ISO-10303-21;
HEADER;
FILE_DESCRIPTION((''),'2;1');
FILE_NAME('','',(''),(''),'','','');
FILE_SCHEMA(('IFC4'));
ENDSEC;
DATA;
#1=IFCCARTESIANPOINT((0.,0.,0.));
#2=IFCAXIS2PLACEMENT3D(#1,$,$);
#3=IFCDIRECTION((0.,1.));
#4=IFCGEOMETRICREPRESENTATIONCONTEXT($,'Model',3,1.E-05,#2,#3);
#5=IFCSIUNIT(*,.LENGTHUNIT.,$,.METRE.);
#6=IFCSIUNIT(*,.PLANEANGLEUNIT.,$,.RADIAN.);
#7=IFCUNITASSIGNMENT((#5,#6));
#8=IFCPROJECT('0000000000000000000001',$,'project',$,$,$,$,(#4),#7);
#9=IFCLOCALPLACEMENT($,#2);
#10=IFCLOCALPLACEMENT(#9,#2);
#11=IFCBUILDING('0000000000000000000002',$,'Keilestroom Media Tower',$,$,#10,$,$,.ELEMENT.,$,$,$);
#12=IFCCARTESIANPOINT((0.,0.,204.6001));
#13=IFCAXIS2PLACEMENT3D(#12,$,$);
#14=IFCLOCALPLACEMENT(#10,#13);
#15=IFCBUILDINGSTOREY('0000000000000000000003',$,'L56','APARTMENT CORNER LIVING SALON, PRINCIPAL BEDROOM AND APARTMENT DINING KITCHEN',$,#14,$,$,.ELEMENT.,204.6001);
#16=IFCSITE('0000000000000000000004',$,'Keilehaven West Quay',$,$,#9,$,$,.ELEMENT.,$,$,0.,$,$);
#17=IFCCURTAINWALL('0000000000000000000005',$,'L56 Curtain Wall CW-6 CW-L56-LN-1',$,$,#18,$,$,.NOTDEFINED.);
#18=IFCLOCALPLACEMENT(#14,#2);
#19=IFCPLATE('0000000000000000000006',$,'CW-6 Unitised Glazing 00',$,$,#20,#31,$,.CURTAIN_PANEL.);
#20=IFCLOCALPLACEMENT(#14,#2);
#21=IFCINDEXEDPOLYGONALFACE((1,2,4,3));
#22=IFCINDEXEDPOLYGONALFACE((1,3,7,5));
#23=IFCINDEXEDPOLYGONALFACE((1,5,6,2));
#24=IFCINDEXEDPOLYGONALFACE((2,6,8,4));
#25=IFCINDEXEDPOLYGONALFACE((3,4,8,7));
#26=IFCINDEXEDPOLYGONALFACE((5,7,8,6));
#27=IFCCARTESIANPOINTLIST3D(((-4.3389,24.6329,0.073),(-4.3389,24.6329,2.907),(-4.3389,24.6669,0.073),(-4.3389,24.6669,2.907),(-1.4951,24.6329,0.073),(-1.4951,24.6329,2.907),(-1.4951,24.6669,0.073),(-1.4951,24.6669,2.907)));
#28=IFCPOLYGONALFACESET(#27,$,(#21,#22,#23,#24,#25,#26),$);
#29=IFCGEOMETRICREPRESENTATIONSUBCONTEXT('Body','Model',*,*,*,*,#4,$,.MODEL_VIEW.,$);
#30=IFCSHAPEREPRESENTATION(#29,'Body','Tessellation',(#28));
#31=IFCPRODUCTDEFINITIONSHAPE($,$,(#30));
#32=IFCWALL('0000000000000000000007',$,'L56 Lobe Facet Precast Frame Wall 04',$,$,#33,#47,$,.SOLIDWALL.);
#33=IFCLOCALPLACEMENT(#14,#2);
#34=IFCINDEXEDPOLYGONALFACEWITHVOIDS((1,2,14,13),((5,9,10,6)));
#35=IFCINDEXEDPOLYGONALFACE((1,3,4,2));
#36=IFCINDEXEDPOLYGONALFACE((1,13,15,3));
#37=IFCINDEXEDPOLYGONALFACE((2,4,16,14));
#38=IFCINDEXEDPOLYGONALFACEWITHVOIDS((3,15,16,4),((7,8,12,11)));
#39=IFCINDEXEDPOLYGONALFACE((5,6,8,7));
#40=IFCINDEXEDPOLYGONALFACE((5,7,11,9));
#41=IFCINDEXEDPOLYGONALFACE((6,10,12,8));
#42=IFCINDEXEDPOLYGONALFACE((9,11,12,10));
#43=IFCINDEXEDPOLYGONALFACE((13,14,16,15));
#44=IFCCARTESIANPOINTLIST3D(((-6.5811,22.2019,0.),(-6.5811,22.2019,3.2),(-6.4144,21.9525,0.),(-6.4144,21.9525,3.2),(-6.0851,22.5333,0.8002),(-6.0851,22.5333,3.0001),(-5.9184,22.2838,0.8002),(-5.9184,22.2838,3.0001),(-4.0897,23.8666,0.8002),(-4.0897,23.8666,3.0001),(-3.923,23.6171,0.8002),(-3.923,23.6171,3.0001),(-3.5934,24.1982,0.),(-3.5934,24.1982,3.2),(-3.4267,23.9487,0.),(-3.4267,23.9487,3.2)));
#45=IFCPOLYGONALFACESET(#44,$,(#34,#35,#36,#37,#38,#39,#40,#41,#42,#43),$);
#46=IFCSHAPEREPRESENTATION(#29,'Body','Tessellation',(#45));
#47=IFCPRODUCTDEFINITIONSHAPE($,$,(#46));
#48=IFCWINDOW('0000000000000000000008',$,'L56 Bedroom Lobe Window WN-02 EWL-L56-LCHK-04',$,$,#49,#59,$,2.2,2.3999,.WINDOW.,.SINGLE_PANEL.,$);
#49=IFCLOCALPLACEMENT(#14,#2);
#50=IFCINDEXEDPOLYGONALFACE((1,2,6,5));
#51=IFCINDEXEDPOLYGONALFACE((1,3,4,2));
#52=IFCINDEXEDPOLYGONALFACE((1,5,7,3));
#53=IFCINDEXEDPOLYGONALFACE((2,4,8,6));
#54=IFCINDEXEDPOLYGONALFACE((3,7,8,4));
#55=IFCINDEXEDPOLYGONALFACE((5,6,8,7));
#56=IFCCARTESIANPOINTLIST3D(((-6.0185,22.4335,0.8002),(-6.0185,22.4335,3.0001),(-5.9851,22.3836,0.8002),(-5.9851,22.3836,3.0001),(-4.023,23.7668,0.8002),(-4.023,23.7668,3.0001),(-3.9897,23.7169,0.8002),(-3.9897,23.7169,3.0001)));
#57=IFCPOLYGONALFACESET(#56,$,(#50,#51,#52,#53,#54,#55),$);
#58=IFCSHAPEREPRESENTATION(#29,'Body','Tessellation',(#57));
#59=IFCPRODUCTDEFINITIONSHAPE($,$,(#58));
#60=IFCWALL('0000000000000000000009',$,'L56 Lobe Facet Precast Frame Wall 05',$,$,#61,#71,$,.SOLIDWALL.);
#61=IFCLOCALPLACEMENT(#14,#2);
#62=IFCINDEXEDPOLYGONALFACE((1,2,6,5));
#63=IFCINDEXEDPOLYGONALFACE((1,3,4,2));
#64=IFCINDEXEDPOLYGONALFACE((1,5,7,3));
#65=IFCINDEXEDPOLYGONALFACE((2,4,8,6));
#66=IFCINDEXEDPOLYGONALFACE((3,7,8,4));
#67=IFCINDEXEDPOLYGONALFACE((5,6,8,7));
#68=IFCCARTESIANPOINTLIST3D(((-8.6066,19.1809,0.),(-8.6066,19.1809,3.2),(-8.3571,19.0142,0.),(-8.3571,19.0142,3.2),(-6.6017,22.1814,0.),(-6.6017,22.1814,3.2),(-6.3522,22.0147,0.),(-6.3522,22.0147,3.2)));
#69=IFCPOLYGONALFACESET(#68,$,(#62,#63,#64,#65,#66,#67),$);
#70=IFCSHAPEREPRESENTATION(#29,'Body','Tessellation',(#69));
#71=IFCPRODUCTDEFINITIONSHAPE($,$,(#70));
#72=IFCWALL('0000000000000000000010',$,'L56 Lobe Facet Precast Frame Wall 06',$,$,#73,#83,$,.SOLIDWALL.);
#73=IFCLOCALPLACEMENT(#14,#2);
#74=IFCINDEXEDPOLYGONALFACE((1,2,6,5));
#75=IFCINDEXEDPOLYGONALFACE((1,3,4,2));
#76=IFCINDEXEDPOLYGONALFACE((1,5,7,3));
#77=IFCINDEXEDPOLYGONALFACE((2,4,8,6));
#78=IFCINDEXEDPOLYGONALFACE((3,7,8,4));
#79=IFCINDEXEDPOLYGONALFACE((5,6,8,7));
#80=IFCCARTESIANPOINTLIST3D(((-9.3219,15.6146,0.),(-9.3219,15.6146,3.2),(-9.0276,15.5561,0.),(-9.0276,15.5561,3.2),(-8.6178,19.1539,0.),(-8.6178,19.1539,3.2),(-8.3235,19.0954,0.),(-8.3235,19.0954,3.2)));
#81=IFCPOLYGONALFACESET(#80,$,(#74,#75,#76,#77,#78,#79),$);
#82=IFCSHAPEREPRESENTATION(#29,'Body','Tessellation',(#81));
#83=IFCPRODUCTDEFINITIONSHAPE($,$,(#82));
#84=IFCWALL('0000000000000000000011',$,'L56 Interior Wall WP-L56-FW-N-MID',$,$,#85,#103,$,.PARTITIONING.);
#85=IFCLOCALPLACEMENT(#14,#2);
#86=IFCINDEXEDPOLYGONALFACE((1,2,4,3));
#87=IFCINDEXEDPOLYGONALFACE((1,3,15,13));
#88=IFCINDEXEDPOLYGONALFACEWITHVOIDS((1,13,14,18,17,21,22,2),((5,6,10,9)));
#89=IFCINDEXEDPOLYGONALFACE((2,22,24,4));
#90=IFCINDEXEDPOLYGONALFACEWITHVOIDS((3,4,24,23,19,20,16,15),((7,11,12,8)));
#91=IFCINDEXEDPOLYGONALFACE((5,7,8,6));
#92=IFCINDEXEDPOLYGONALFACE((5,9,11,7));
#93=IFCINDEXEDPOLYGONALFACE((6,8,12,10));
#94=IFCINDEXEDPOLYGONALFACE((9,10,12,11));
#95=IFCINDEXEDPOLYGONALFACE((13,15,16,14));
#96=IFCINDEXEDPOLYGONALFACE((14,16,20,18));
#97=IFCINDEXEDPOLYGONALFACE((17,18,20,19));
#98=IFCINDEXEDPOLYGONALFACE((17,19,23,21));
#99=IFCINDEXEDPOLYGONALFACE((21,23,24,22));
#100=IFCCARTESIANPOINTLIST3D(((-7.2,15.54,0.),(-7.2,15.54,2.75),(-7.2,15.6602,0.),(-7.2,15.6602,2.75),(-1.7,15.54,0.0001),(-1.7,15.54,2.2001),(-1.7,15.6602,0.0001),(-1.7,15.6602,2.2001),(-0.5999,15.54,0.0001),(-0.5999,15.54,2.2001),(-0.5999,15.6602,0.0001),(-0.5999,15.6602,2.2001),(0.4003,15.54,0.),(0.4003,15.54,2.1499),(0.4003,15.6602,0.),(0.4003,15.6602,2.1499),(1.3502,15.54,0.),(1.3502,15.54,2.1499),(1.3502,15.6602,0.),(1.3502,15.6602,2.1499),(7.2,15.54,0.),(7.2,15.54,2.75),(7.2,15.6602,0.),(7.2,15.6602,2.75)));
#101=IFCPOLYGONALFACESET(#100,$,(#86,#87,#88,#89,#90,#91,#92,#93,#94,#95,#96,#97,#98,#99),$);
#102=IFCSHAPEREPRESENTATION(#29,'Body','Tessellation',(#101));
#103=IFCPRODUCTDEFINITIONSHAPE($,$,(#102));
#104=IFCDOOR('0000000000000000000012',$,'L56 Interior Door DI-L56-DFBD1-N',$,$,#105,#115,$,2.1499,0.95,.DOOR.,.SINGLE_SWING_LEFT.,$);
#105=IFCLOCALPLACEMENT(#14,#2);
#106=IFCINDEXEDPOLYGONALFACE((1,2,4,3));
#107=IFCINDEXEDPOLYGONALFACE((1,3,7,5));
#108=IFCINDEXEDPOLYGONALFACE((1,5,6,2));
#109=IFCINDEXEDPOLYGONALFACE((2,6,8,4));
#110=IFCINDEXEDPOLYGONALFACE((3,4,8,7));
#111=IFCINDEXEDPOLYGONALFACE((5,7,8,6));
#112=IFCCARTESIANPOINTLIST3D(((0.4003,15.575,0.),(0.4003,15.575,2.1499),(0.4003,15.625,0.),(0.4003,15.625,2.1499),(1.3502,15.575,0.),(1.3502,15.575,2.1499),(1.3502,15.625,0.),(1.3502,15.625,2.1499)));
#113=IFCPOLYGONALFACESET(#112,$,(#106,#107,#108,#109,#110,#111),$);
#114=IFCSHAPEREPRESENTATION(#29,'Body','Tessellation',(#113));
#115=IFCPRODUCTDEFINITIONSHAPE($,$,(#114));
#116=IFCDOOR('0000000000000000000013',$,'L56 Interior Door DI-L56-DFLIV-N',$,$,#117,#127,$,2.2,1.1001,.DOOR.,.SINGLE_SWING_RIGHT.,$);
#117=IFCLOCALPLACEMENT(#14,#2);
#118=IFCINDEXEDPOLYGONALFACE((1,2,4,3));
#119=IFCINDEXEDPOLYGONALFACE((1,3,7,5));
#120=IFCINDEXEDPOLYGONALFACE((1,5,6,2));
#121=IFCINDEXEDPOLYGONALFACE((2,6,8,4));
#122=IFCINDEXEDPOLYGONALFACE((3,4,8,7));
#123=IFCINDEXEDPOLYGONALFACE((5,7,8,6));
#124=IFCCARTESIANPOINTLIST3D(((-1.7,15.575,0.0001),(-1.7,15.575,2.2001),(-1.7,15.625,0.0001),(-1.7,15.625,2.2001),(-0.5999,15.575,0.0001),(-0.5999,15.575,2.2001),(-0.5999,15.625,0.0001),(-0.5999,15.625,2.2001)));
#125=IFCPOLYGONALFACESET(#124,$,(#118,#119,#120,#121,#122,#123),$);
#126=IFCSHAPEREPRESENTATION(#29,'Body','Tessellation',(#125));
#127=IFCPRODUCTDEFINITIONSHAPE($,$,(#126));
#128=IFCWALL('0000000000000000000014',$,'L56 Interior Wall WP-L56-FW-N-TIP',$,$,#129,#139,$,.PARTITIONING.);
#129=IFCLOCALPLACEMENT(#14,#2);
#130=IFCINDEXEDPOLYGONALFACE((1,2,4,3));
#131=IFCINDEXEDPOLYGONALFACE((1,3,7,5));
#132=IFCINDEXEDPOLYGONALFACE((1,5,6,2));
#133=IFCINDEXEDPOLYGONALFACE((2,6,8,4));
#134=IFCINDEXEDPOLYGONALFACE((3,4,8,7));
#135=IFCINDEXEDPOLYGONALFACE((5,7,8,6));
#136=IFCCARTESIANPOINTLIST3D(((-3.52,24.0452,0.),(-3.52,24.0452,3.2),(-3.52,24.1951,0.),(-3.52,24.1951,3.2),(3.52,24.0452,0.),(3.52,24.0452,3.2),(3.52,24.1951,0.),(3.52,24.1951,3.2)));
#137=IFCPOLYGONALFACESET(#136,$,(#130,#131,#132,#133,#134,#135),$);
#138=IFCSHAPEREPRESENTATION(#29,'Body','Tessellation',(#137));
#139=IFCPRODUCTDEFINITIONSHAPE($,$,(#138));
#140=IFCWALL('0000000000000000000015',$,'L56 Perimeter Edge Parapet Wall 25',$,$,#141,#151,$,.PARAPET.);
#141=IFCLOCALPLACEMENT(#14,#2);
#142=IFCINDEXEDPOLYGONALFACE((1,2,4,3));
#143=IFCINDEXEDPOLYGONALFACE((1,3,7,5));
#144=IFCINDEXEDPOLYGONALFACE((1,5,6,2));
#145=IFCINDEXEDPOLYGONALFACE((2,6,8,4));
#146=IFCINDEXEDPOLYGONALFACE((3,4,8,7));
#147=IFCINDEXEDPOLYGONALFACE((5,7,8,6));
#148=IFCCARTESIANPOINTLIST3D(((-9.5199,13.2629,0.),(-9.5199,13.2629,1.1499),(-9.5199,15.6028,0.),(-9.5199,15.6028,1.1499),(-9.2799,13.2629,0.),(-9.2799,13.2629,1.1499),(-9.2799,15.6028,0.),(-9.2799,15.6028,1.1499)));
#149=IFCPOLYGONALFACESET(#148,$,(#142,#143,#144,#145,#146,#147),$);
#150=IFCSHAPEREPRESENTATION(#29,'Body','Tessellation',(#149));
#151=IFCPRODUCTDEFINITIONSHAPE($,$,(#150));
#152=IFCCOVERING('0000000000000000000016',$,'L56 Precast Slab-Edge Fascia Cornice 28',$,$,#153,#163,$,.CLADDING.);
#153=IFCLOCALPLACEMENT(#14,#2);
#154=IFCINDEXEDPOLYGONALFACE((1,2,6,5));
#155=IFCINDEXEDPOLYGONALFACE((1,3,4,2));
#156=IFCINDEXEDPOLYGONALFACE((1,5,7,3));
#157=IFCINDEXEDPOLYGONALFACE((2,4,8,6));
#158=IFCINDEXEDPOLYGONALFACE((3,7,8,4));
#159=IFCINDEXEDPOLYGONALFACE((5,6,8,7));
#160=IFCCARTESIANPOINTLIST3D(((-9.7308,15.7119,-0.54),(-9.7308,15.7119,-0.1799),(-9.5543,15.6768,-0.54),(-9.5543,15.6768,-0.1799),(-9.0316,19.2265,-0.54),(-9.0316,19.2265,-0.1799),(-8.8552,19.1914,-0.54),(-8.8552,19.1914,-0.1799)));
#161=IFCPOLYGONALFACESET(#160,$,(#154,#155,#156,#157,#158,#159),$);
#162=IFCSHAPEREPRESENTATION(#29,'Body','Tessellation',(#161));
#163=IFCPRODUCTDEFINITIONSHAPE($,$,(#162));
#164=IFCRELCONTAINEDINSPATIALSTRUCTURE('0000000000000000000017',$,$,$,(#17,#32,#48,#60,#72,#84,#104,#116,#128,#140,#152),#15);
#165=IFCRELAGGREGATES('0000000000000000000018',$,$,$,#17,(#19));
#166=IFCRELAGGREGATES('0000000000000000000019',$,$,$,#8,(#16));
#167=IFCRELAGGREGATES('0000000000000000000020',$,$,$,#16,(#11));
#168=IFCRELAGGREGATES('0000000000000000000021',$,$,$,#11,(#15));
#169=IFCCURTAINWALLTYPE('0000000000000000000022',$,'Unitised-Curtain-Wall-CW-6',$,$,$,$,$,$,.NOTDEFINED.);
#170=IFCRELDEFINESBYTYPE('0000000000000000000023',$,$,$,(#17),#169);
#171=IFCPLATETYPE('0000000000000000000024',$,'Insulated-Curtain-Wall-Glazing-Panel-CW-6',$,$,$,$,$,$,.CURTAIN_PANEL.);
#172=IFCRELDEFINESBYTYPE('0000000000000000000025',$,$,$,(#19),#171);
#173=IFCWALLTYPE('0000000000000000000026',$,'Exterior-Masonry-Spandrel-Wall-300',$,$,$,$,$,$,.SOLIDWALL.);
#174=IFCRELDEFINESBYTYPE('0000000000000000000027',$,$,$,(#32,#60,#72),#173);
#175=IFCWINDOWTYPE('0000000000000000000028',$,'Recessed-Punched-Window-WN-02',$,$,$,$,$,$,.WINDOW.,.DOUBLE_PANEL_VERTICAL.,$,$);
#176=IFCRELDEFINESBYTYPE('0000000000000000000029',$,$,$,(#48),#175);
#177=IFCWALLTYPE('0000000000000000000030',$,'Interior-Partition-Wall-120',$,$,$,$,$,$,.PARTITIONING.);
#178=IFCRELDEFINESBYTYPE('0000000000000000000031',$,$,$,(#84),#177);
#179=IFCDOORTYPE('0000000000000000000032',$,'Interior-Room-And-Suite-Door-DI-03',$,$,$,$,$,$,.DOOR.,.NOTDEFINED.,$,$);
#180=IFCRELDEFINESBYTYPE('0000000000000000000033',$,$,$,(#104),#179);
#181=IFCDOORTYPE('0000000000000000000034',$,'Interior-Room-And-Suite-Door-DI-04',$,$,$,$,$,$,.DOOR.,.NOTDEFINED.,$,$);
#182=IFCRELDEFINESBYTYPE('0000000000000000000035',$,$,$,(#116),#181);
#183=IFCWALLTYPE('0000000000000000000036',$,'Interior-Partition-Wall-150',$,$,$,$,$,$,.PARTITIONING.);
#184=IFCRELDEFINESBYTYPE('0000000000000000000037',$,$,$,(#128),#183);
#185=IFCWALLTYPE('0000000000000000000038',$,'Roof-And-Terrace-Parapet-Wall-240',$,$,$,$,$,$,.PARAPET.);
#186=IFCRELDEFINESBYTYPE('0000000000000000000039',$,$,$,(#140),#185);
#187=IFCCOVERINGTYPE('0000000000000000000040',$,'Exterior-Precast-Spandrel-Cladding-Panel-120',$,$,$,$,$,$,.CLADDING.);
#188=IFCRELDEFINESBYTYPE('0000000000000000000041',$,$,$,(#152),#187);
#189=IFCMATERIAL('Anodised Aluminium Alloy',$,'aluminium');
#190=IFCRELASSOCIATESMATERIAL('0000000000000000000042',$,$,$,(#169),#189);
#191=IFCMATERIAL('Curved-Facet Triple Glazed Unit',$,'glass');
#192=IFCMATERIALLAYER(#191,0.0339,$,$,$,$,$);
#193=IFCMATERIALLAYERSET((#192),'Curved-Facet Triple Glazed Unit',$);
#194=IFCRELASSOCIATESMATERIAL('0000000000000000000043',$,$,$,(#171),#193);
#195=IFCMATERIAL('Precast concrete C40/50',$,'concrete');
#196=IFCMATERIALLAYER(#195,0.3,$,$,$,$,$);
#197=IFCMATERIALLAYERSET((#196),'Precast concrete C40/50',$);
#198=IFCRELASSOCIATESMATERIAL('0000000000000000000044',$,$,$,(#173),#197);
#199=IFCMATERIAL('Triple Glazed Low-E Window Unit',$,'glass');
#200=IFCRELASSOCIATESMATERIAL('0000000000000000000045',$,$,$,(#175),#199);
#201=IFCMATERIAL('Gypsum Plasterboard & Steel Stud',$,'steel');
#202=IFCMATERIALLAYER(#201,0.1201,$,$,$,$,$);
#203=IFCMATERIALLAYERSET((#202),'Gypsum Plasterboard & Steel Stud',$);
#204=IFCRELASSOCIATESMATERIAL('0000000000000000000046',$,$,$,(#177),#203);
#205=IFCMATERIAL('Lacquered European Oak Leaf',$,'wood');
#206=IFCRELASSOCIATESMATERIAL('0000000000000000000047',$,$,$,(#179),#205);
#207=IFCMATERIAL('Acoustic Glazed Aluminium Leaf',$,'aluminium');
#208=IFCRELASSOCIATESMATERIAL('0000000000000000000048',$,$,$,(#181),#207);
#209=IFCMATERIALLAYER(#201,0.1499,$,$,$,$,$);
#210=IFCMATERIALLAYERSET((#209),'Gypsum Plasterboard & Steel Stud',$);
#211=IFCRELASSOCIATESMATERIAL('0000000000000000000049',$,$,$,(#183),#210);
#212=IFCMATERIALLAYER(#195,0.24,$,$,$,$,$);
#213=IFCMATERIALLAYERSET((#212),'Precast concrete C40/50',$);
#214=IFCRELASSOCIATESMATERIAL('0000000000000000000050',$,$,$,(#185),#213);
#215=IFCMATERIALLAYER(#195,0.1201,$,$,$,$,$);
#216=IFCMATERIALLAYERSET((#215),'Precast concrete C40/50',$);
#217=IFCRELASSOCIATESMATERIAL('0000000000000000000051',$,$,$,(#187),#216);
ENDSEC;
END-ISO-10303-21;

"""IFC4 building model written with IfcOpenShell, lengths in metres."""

from ifc_helpers import new_model, si_unit, direction, frame, frame_2d, origin, origin_2d, place, context, subcontext, project, spatial, rectangle, extrude, source, transform, mapped, material, layer, layer_set, type_object, element, fill, aggregate, save


model = new_model("IFC4")

# Units and contexts
model_context = context("Model", 3, precision=1e-05, world=origin(), true_north=direction((0.0, 1.0)))
body_context = subcontext(model_context, "Body", "Model", "MODEL_VIEW")
ifc_project = project(units=[si_unit("LENGTHUNIT", "METRE"), si_unit("PLANEANGLEUNIT", "RADIAN")], contexts=[model_context])

# Site, building, storey
site_placement = place(None, origin())
site = spatial("IfcSite", under=ifc_project, at=site_placement, Name="Keilehaven West Quay", CompositionType="ELEMENT", RefElevation=0.0)
building_placement = place(site_placement, origin())
building = spatial("IfcBuilding", under=site, at=building_placement, Name="Keilestroom Media Tower", CompositionType="ELEMENT")
storey_placement = place(building_placement, frame((0.0, 0.0, 204.6001)))
storey = spatial("IfcBuildingStorey", under=building, at=storey_placement, Name="L56", Description="APARTMENT CORNER LIVING SALON, PRINCIPAL BEDROOM AND APARTMENT DINING KITCHEN", CompositionType="ELEMENT", Elevation=204.6001)

# Curtain wall, plate
ifc_material_1 = material(Name="Anodised Aluminium Alloy", Category="aluminium")
curtain_wall_type = type_object("IfcCurtainWallType", Name="Unitised-Curtain-Wall-CW-6", PredefinedType="NOTDEFINED", material=ifc_material_1)
curtain_wall_placement = place(storey_placement, origin())
curtain_wall = element("IfcCurtainWall", 1, at=curtain_wall_placement, inside=storey, type_object=curtain_wall_type, Name="L56 Curtain Wall CW-6 CW-L56-LN-1", PredefinedType="NOTDEFINED")
ifc_material_2 = material(Name="Curved-Facet Triple Glazed Unit", Category="glass")
ifc_layer_1 = layer(ifc_material_2, 0.0339)
ifc_layer_set_1 = layer_set([ifc_layer_1], Name="Curved-Facet Triple Glazed Unit")
plate_type = type_object("IfcPlateType", Name="Insulated-Curtain-Wall-Glazing-Panel-CW-6", PredefinedType="CURTAIN_PANEL", material=ifc_layer_set_1)
shared_shape_1 = source(origin(), body_context, "Body", "SweptSolid", [
    extrude(rectangle(XDim=2.8438, YDim=0.0339, at=origin_2d()), origin(), (0.0, 0.0, 1.0), 2.834),
])
plate_placement = place(storey_placement, frame((-2.917, 24.6499, 0.073), z_axis=(0.0, 0.0, 1.0), x_axis=(1.0, 0.0, 0.0)))
plate = element("IfcPlate", 2, at=plate_placement, type_object=plate_type, Name="CW-6 Unitised Glazing 00", PredefinedType="CURTAIN_PANEL", context=body_context, shape_type="MappedRepresentation", body=[
    mapped(shared_shape_1, transform((0.0, 0.0, 0.0), x_axis=(1.0, 0.0, 0.0), y_axis=(0.0, 1.0, 0.0), z_axis=(0.0, 0.0, 1.0), scale=1.0)),
])
aggregate(curtain_wall, [plate])

# Wall, opening, window
ifc_material_3 = material(Name="Precast concrete C40/50", Category="concrete")
ifc_layer_2 = layer(ifc_material_3, 0.3)
ifc_layer_set_2 = layer_set([ifc_layer_2], Name="Precast concrete C40/50")
wall_type_1 = type_object("IfcWallType", Name="Exterior-Masonry-Spandrel-Wall-300", PredefinedType="SOLIDWALL", material=ifc_layer_set_2)
wall_1_placement = place(storey_placement, frame((-3.51, 24.0735, 0.0), z_axis=(0.0, 0.0, 1.0), x_axis=(-0.831475, -0.555562, 0.0)))
wall_1 = element("IfcWall", 3, at=wall_1_placement, inside=storey, type_object=wall_type_1, Name="L56 Lobe Facet Precast Frame Wall 04", PredefinedType="SOLIDWALL", context=body_context, shape_type="SweptSolid", body=[
    extrude(rectangle(XDim=3.5933, YDim=0.3, at=frame_2d((1.7966, 0.0))), origin(), (0.0, 0.0, 1.0), 3.2),
])
opening_1_placement = place(wall_1_placement, frame((0.5969, 0.0, 0.8)))
opening_1 = element("IfcOpeningElement", 4, at=opening_1_placement, cuts=wall_1, PredefinedType="OPENING", context=body_context, shape_type="SweptSolid", body=[
    extrude(rectangle(XDim=2.3999, YDim=2.2, at=frame_2d((1.2, 1.1001))), frame((0.0, 0.1602, 0.0), z_axis=(0.0, -1.0, 0.0), x_axis=(1.0, 0.0, 0.0)), (0.0, 0.0, 1.0), 0.3201),
])
ifc_material_4 = material(Name="Triple Glazed Low-E Window Unit", Category="glass")
window_type = type_object("IfcWindowType", Name="Recessed-Punched-Window-WN-02", PartitioningType="DOUBLE_PANEL_VERTICAL", PredefinedType="WINDOW", material=ifc_material_4)
shared_shape_2 = source(origin(), body_context, "Body", "SweptSolid", [
    extrude(rectangle(XDim=2.3999, YDim=2.2, at=frame_2d((1.2, 1.1001))), frame((0.0, 0.03, 0.0), z_axis=(0.0, -1.0, 0.0), x_axis=(1.0, 0.0, 0.0)), (0.0, 0.0, 1.0), 0.0601),
])
window_placement = place(opening_1_placement, origin())
window = element("IfcWindow", 5, at=window_placement, inside=storey, type_object=window_type, Name="L56 Bedroom Lobe Window WN-02 EWL-L56-LCHK-04", OverallHeight=2.2, OverallWidth=2.3999, PartitioningType="SINGLE_PANEL", PredefinedType="WINDOW", context=body_context, shape_type="MappedRepresentation", body=[
    mapped(shared_shape_2, transform((0.0, 0.0, 0.0), x_axis=(1.0, 0.0, 0.0), y_axis=(0.0, 1.0, 0.0), z_axis=(0.0, 0.0, 1.0), scale=1.0)),
])
fill(opening_1, window)

# Walls
for number, where, z_axis, x_axis, name in (
    (6, (-6.4771, 22.0979, 0.0), (0.0, 0.0, 1.0), (-0.555574, -0.831467, 0.0), "L56 Lobe Facet Precast Frame Wall 05"),
    (7, (-8.4707, 19.1245, 0.0), (0.0, 0.0, 1.0), (-0.195114, -0.980781, 0.0), "L56 Lobe Facet Precast Frame Wall 06"),
):
    element("IfcWall", number, at=place(storey_placement, frame(where, z_axis=z_axis, x_axis=x_axis)), inside=storey, type_object=wall_type_1, Name=name, PredefinedType="SOLIDWALL", context=body_context, shape_type="SweptSolid", body=[
        extrude(rectangle(XDim=3.6086, YDim=0.3, at=frame_2d((1.8042, 0.0))), origin(), (0.0, 0.0, 1.0), 3.2),
    ])

# Wall, openings, doors
ifc_material_5 = material(Name="Gypsum Plasterboard & Steel Stud", Category="steel")
ifc_layer_3 = layer(ifc_material_5, 0.1201)
ifc_layer_set_3 = layer_set([ifc_layer_3], Name="Gypsum Plasterboard & Steel Stud")
wall_type_2 = type_object("IfcWallType", Name="Interior-Partition-Wall-120", PredefinedType="PARTITIONING", material=ifc_layer_set_3)
wall_2_placement = place(storey_placement, frame((-7.2, 15.6001, 0.0), z_axis=(0.0, 0.0, 1.0), x_axis=(1.0, 0.0, 0.0)))
wall_2 = element("IfcWall", 8, at=wall_2_placement, inside=storey, type_object=wall_type_2, Name="L56 Interior Wall WP-L56-FW-N-MID", PredefinedType="PARTITIONING", context=body_context, shape_type="SweptSolid", body=[
    extrude(rectangle(XDim=14.3999, YDim=0.1201, at=frame_2d((7.2, 0.0))), origin(), (0.0, 0.0, 1.0), 2.75),
])
opening_2_placement = place(wall_2_placement, frame((5.5, 0.0, 0.0)))
opening_2 = element("IfcOpeningElement", 9, at=opening_2_placement, cuts=wall_2, PredefinedType="OPENING", context=body_context, shape_type="SweptSolid", body=[
    extrude(rectangle(XDim=1.1001, YDim=2.2, at=frame_2d((0.55, 1.1001))), frame((0.0, 0.0701, 0.0), z_axis=(0.0, -1.0, 0.0), x_axis=(1.0, 0.0, 0.0)), (0.0, 0.0, 1.0), 0.1401),
])
opening_3_placement = place(wall_2_placement, frame((7.6001, 0.0, 0.0)))
opening_3 = element("IfcOpeningElement", 10, at=opening_3_placement, cuts=wall_2, PredefinedType="OPENING", context=body_context, shape_type="SweptSolid", body=[
    extrude(rectangle(XDim=0.95, YDim=2.1499, at=frame_2d((0.4751, 1.075))), frame((0.0, 0.0701, 0.0), z_axis=(0.0, -1.0, 0.0), x_axis=(1.0, 0.0, 0.0)), (0.0, 0.0, 1.0), 0.1401),
])
ifc_material_6 = material(Name="Lacquered European Oak Leaf", Category="wood")
door_type_1 = type_object("IfcDoorType", Name="Interior-Room-And-Suite-Door-DI-03", OperationType="NOTDEFINED", PredefinedType="DOOR", material=ifc_material_6)
shared_shape_3 = source(origin(), body_context, "Body", "SweptSolid", [
    extrude(rectangle(XDim=0.95, YDim=2.1499, at=frame_2d((0.4751, 1.075))), frame((0.0, 0.0249, 0.0), z_axis=(0.0, -1.0, 0.0), x_axis=(1.0, 0.0, 0.0)), (0.0, 0.0, 1.0), 0.05),
])
door_1_placement = place(opening_3_placement, origin())
door_1 = element("IfcDoor", 11, at=door_1_placement, inside=storey, type_object=door_type_1, Name="L56 Interior Door DI-L56-DFBD1-N", OperationType="SINGLE_SWING_LEFT", OverallHeight=2.1499, OverallWidth=0.95, PredefinedType="DOOR", context=body_context, shape_type="MappedRepresentation", body=[
    mapped(shared_shape_3, transform((0.0, 0.0, 0.0), x_axis=(1.0, 0.0, 0.0), y_axis=(0.0, 1.0, 0.0), z_axis=(0.0, 0.0, 1.0), scale=1.0)),
])
fill(opening_3, door_1)
ifc_material_7 = material(Name="Acoustic Glazed Aluminium Leaf", Category="aluminium")
door_type_2 = type_object("IfcDoorType", Name="Interior-Room-And-Suite-Door-DI-04", OperationType="NOTDEFINED", PredefinedType="DOOR", material=ifc_material_7)
shared_shape_4 = source(origin(), body_context, "Body", "SweptSolid", [
    extrude(rectangle(XDim=1.1001, YDim=2.2, at=frame_2d((0.55, 1.1001))), frame((0.0, 0.0249, 0.0), z_axis=(0.0, -1.0, 0.0), x_axis=(1.0, 0.0, 0.0)), (0.0, 0.0, 1.0), 0.05),
])
door_2_placement = place(opening_2_placement, origin())
door_2 = element("IfcDoor", 12, at=door_2_placement, inside=storey, type_object=door_type_2, Name="L56 Interior Door DI-L56-DFLIV-N", OperationType="SINGLE_SWING_RIGHT", OverallHeight=2.2, OverallWidth=1.1001, PredefinedType="DOOR", context=body_context, shape_type="MappedRepresentation", body=[
    mapped(shared_shape_4, transform((0.0, 0.0, 0.0), x_axis=(1.0, 0.0, 0.0), y_axis=(0.0, 1.0, 0.0), z_axis=(0.0, 0.0, 1.0), scale=1.0)),
])
fill(opening_2, door_2)

# Walls
ifc_layer_4 = layer(ifc_material_5, 0.1499)
ifc_layer_set_4 = layer_set([ifc_layer_4], Name="Gypsum Plasterboard & Steel Stud")
wall_type_3 = type_object("IfcWallType", Name="Interior-Partition-Wall-150", PredefinedType="PARTITIONING", material=ifc_layer_set_4)
wall_3_placement = place(storey_placement, frame((-3.52, 24.1201, 0.0), z_axis=(0.0, 0.0, 1.0), x_axis=(1.0, 0.0, 0.0)))
element("IfcWall", 13, at=wall_3_placement, inside=storey, type_object=wall_type_3, Name="L56 Interior Wall WP-L56-FW-N-TIP", PredefinedType="PARTITIONING", context=body_context, shape_type="SweptSolid", body=[
    extrude(rectangle(XDim=7.04, YDim=0.1499, at=frame_2d((3.52, 0.0))), origin(), (0.0, 0.0, 1.0), 3.2),
])
ifc_layer_5 = layer(ifc_material_3, 0.24)
ifc_layer_set_5 = layer_set([ifc_layer_5], Name="Precast concrete C40/50")
wall_type_4 = type_object("IfcWallType", Name="Roof-And-Terrace-Parapet-Wall-240", PredefinedType="PARAPET", material=ifc_layer_set_5)
wall_4_placement = place(storey_placement, frame((-9.3999, 13.2629, 0.0), z_axis=(0.0, 0.0, 1.0), x_axis=(0.0, 1.0, 0.0)))
element("IfcWall", 14, at=wall_4_placement, inside=storey, type_object=wall_type_4, Name="L56 Perimeter Edge Parapet Wall 25", PredefinedType="PARAPET", context=body_context, shape_type="SweptSolid", body=[
    extrude(rectangle(XDim=2.3398, YDim=0.24, at=frame_2d((1.1699, 0.0))), origin(), (0.0, 0.0, 1.0), 1.1499),
])

# Covering
ifc_layer_6 = layer(ifc_material_3, 0.1201)
ifc_layer_set_6 = layer_set([ifc_layer_6], Name="Precast concrete C40/50")
covering_type = type_object("IfcCoveringType", Name="Exterior-Precast-Spandrel-Cladding-Panel-120", PredefinedType="CLADDING", material=ifc_layer_set_6)
shared_shape_5 = source(origin(), body_context, "Body", "SweptSolid", [
    extrude(rectangle(XDim=3.5835, YDim=0.1799, at=origin_2d()), origin(), (0.0, 0.0, 1.0), 0.3601),
])
covering_placement = place(storey_placement, frame((-9.293, 17.4517, -0.54), z_axis=(0.0, 0.0, 1.0), x_axis=(0.195099, 0.980784, 0.0)))
element("IfcCovering", 15, at=covering_placement, inside=storey, type_object=covering_type, Name="L56 Precast Slab-Edge Fascia Cornice 28", PredefinedType="CLADDING", context=body_context, shape_type="MappedRepresentation", body=[
    mapped(shared_shape_5, transform((0.0, 0.0, 0.0), x_axis=(1.0, 0.0, 0.0), y_axis=(0.0, 1.0, 0.0), z_axis=(0.0, 0.0, 1.0), scale=1.0)),
])

save(model, "model.ifc")
